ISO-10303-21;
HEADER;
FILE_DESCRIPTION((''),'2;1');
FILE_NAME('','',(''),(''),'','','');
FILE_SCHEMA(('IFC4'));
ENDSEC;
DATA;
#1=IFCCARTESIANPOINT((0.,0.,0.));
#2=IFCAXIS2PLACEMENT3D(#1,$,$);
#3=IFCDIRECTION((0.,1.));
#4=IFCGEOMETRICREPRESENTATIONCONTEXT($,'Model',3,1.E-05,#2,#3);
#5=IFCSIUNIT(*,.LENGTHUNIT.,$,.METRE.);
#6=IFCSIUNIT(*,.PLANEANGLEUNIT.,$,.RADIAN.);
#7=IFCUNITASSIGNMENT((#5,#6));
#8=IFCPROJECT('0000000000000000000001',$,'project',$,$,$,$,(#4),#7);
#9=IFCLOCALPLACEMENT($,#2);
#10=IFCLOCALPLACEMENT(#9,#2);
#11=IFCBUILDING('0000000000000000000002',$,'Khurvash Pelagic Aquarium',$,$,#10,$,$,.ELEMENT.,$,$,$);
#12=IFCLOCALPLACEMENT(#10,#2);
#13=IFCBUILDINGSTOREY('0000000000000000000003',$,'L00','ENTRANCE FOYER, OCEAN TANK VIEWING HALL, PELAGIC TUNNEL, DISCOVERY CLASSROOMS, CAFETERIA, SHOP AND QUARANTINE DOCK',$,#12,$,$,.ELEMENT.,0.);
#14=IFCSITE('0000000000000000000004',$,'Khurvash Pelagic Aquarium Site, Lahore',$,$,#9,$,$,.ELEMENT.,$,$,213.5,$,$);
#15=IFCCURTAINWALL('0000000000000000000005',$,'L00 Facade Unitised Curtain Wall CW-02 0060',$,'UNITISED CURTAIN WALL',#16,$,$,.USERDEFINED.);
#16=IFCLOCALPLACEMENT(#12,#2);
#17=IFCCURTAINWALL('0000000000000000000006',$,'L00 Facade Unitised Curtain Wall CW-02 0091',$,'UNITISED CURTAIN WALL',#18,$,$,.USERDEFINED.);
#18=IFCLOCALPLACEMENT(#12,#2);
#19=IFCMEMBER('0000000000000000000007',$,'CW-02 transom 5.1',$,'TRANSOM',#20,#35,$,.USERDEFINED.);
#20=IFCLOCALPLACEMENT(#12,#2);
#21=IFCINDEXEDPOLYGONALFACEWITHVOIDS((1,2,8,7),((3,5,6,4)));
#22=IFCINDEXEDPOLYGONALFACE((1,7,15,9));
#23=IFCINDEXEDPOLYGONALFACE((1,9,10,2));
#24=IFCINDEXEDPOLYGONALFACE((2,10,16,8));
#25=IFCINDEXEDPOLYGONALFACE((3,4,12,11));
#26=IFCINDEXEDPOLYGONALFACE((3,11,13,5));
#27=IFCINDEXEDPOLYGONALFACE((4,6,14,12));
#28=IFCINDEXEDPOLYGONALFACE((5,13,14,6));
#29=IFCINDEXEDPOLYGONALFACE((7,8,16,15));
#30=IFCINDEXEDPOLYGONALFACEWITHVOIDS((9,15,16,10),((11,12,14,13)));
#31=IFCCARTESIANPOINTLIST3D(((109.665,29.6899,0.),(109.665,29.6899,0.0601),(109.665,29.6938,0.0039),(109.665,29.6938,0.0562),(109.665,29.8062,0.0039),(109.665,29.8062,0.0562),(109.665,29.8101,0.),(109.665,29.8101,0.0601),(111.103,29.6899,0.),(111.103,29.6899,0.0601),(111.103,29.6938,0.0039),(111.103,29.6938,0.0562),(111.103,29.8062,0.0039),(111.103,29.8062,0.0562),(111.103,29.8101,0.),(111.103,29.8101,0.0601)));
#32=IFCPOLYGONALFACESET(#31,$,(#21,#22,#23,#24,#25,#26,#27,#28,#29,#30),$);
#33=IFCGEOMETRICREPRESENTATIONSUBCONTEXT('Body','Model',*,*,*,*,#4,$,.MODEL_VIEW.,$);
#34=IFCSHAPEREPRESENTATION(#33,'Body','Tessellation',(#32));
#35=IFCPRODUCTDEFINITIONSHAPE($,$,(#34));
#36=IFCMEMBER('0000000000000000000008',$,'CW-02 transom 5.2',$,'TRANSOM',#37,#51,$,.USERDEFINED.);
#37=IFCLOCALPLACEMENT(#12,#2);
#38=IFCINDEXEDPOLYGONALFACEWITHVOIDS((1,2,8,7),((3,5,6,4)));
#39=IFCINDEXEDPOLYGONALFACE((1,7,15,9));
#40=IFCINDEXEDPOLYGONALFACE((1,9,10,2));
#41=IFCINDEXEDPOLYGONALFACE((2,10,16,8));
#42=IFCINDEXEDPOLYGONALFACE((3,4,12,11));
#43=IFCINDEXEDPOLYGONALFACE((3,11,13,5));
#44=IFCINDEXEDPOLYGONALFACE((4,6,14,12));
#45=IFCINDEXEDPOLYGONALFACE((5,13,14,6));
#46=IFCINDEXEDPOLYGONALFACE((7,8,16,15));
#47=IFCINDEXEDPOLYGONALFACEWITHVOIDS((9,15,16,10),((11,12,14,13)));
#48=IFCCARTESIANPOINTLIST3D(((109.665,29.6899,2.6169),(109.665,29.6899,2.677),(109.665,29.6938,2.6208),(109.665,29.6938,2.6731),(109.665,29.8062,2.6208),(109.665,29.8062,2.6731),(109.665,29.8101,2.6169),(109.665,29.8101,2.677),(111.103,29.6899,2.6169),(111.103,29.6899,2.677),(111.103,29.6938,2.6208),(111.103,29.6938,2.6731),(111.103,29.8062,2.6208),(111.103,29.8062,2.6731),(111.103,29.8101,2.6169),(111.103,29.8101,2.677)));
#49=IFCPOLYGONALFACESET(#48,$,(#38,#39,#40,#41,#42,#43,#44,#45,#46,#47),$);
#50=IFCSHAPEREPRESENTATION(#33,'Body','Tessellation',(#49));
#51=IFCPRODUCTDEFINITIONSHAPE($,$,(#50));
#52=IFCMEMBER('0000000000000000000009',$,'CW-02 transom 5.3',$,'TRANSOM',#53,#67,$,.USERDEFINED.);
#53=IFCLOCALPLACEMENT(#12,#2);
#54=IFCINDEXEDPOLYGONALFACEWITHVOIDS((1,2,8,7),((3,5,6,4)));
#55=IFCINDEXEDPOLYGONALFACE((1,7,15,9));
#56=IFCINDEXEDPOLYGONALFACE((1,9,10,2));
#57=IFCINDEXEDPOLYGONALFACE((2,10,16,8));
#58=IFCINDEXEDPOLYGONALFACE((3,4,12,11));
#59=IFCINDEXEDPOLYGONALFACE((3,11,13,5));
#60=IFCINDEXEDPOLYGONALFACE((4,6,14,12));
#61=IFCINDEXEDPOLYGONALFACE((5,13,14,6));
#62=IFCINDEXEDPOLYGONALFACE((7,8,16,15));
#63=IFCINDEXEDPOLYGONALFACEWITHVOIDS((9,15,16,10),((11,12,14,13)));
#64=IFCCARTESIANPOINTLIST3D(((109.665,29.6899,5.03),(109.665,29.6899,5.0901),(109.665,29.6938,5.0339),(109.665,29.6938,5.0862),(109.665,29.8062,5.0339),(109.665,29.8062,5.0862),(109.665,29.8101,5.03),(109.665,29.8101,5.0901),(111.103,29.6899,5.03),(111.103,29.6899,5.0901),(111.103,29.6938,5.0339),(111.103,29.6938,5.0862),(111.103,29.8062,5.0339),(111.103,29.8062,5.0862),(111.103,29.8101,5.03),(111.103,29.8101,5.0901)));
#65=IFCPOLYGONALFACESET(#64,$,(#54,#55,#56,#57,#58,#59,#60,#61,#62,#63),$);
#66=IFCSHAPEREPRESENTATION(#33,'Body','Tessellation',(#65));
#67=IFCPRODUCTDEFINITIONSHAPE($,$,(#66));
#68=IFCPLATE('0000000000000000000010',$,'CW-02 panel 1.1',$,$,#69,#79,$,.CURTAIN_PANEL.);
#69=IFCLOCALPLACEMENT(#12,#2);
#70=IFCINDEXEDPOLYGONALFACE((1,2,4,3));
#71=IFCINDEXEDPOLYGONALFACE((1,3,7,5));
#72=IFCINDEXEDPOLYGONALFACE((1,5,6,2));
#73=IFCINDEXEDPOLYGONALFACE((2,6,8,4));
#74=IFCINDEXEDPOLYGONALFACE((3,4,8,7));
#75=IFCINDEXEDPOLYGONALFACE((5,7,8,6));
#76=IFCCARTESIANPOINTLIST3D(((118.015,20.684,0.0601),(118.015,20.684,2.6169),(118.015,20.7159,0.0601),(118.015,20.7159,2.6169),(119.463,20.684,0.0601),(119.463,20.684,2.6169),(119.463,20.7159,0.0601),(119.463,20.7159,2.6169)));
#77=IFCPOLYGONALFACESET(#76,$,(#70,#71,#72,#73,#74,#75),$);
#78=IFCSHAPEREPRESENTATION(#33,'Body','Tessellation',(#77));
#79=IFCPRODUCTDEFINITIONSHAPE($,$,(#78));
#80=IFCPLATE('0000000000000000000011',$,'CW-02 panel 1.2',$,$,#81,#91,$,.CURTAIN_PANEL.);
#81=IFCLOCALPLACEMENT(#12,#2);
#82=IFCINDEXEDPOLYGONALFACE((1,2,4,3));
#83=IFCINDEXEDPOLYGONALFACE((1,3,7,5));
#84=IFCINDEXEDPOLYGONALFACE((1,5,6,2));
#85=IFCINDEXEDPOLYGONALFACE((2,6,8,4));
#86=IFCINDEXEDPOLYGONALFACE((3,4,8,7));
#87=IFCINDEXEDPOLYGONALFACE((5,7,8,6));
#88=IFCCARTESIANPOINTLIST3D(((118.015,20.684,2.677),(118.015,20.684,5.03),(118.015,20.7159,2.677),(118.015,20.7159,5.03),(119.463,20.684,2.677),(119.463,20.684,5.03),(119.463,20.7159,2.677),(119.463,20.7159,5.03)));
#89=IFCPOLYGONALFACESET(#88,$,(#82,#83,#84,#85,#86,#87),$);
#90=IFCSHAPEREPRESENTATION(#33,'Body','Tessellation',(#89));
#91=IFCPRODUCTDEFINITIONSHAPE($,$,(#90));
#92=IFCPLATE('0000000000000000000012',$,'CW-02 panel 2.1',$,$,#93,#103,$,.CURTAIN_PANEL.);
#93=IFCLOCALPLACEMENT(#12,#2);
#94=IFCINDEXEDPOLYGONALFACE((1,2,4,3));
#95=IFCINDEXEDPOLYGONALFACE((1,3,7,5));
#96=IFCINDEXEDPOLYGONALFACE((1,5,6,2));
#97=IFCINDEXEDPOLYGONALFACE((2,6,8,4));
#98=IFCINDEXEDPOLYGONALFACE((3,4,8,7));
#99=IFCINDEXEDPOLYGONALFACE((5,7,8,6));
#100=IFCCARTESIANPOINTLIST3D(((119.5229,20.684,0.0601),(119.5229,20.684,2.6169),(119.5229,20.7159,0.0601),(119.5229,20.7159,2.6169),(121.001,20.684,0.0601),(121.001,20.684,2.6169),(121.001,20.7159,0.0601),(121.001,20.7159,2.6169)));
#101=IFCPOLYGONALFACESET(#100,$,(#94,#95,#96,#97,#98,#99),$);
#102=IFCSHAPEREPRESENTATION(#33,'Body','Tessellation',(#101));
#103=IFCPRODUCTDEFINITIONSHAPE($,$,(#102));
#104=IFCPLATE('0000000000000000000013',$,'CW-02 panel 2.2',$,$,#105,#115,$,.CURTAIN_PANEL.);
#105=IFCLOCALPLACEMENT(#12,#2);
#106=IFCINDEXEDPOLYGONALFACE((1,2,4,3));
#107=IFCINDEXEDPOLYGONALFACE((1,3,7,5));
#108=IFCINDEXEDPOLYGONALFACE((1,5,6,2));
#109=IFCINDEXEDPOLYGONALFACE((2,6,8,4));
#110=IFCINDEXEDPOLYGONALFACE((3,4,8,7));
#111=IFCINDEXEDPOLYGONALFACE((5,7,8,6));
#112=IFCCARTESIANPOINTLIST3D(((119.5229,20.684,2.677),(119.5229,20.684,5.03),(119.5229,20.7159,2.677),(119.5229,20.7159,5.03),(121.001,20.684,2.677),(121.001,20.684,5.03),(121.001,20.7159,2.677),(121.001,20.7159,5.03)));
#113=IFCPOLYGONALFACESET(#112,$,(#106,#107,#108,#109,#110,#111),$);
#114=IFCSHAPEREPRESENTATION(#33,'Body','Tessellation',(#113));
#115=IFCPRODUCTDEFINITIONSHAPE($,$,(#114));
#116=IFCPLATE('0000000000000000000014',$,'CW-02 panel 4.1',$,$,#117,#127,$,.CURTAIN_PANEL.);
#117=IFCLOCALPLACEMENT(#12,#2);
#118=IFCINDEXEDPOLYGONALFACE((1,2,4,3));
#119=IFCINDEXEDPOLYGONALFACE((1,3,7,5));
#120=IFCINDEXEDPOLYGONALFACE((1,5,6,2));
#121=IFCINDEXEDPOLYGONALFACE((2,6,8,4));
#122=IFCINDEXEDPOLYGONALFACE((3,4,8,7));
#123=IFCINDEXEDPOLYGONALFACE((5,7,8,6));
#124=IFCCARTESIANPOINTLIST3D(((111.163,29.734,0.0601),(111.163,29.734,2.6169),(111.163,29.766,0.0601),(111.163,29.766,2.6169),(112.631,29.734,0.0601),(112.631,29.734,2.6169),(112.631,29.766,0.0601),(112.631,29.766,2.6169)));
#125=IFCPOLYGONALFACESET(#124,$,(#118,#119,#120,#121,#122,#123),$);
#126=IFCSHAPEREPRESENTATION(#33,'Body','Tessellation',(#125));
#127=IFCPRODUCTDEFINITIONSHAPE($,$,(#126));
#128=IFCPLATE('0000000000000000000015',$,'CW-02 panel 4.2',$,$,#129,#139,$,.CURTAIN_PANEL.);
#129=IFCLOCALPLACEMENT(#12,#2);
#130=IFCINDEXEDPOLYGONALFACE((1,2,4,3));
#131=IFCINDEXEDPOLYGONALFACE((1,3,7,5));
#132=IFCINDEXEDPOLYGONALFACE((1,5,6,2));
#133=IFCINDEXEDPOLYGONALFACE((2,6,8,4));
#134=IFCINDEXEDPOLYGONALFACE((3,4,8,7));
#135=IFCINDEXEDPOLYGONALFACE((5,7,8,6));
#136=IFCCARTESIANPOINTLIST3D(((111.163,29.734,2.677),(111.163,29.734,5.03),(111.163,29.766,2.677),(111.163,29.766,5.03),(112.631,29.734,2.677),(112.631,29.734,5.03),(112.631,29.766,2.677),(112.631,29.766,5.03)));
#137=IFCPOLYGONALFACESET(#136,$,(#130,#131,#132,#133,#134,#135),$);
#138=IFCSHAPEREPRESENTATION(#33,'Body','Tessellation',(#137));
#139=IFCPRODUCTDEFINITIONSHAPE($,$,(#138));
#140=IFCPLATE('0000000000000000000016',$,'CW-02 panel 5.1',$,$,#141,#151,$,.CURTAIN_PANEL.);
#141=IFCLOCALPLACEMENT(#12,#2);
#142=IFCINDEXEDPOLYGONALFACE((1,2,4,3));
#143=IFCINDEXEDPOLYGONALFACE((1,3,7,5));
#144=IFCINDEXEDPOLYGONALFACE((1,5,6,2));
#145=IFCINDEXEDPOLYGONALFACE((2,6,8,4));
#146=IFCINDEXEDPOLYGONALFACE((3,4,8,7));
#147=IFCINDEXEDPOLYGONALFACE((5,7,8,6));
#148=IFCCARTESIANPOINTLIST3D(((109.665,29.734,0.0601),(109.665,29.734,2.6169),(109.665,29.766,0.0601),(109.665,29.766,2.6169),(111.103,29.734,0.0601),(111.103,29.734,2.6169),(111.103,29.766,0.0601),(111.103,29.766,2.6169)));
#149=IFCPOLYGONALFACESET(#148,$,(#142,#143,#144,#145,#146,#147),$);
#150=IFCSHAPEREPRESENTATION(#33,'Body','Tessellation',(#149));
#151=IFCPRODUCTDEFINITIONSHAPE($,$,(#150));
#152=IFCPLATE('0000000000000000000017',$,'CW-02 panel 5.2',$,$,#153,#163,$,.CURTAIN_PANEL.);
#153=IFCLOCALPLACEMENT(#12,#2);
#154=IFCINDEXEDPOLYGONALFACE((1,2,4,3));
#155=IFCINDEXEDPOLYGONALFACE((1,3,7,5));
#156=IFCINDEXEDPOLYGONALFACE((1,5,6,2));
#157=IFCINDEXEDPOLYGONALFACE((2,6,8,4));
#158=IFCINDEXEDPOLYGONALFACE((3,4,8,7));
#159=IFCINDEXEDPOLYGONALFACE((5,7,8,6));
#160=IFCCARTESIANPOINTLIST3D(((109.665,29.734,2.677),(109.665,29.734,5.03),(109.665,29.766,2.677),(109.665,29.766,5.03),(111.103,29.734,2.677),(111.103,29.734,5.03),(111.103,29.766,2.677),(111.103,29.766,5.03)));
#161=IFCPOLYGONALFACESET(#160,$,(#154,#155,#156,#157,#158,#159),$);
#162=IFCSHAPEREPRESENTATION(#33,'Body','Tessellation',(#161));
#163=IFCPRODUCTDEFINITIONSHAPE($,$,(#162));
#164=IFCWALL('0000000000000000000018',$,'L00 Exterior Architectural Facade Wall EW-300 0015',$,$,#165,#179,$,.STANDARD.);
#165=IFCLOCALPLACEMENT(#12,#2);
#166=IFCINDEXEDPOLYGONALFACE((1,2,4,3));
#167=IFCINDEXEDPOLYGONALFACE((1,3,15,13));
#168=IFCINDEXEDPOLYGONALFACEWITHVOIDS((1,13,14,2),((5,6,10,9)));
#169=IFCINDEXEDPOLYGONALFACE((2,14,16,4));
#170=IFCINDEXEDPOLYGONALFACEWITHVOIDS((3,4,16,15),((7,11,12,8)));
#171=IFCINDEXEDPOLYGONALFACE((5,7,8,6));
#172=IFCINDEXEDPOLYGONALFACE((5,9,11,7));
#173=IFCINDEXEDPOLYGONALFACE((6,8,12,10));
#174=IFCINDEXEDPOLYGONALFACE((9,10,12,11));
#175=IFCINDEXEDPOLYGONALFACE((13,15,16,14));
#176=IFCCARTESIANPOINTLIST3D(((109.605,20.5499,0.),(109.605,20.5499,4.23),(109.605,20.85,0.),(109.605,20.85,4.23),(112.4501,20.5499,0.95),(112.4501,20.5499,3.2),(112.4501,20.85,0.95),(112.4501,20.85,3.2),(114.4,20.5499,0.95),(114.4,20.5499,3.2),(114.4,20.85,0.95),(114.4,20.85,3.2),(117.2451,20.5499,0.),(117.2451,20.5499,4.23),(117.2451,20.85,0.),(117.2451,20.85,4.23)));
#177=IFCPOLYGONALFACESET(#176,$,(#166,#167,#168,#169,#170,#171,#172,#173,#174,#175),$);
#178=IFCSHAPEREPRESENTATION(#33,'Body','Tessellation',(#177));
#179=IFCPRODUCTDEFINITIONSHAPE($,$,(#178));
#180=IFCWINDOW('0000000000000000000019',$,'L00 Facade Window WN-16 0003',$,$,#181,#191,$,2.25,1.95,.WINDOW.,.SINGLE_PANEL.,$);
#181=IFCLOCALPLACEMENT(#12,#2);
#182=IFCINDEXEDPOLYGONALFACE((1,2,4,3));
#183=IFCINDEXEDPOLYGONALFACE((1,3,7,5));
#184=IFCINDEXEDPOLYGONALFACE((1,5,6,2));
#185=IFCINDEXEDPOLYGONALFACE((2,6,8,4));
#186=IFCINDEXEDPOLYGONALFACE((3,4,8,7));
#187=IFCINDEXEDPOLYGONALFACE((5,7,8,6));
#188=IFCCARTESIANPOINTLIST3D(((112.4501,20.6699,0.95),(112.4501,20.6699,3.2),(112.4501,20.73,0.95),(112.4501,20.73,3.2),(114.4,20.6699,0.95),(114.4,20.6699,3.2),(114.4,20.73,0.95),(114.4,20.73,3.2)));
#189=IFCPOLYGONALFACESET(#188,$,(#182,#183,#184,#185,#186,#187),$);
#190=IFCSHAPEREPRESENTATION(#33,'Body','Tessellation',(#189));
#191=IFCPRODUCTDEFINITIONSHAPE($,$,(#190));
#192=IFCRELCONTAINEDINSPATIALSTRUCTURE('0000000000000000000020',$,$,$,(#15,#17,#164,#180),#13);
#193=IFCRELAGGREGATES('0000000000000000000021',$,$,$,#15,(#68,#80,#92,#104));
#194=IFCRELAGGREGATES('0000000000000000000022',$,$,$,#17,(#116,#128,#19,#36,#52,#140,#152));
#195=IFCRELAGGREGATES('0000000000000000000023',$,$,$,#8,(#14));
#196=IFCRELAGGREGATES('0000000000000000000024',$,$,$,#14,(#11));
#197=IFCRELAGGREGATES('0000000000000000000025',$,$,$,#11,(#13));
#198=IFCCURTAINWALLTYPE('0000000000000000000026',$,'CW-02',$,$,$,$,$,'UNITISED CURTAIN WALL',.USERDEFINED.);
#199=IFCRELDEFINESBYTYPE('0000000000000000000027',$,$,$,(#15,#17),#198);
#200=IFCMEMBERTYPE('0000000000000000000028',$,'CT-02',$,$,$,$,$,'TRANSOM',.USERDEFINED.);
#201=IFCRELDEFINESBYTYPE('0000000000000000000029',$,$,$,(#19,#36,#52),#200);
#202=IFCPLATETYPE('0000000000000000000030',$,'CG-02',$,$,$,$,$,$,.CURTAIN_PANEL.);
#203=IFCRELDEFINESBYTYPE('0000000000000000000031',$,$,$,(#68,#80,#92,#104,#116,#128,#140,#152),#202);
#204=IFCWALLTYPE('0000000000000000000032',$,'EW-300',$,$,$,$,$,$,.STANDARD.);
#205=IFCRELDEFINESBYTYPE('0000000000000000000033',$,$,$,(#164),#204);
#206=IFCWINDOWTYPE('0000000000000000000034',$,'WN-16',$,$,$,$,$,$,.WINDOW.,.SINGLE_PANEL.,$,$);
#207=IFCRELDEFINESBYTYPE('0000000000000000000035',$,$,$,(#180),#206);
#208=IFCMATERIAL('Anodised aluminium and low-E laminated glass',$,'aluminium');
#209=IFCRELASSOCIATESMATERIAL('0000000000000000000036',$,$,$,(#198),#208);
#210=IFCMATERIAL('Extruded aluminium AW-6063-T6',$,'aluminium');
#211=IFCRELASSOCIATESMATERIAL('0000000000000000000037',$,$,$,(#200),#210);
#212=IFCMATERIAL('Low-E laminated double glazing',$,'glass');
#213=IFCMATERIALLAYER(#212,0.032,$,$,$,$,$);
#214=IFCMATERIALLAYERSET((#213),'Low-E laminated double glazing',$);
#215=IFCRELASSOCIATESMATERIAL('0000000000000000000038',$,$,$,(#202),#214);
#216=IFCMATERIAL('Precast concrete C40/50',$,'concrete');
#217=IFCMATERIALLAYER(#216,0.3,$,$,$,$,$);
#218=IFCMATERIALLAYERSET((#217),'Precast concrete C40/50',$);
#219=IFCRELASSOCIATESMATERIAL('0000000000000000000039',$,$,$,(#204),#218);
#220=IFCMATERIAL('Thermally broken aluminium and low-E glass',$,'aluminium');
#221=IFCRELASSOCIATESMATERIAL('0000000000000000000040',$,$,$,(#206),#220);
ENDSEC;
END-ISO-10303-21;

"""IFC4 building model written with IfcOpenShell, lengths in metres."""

from ifc_helpers import new_model, si_unit, direction, frame, frame_2d, origin, origin_2d, place, context, subcontext, project, spatial, rectangle, hollow_rectangle, extrude, material, layer, layer_set, material_profile, profile_set, type_object, element, fill, aggregate, save


model = new_model("IFC4")

# Units and contexts
model_context = context("Model", 3, precision=1e-05, world=origin(), true_north=direction((0.0, 1.0)))
body_context = subcontext(model_context, "Body", "Model", "MODEL_VIEW")
ifc_project = project(units=[si_unit("LENGTHUNIT", "METRE"), si_unit("PLANEANGLEUNIT", "RADIAN")], contexts=[model_context])

# Site, building, storey
site_placement = place(None, origin())
site = spatial("IfcSite", under=ifc_project, at=site_placement, Name="Khurvash Pelagic Aquarium Site, Lahore", CompositionType="ELEMENT", RefElevation=213.5)
building_placement = place(site_placement, origin())
building = spatial("IfcBuilding", under=site, at=building_placement, Name="Khurvash Pelagic Aquarium", CompositionType="ELEMENT")
storey_placement = place(building_placement, origin())
storey = spatial("IfcBuildingStorey", under=building, at=storey_placement, Name="L00", Description="ENTRANCE FOYER, OCEAN TANK VIEWING HALL, PELAGIC TUNNEL, DISCOVERY CLASSROOMS, CAFETERIA, SHOP AND QUARANTINE DOCK", CompositionType="ELEMENT", Elevation=0.0)

# Curtain walls
ifc_material_1 = material(Name="Anodised aluminium and low-E laminated glass", Category="aluminium")
curtain_wall_type = type_object("IfcCurtainWallType", Name="CW-02", ElementType="UNITISED CURTAIN WALL", PredefinedType="USERDEFINED", material=ifc_material_1)
curtain_wall_1_placement = place(storey_placement, origin())
curtain_wall_1 = element("IfcCurtainWall", 1, at=curtain_wall_1_placement, inside=storey, type_object=curtain_wall_type, Name="L00 Facade Unitised Curtain Wall CW-02 0060", ObjectType="UNITISED CURTAIN WALL", PredefinedType="USERDEFINED")
ifc_material_2 = material(Name="Extruded aluminium AW-6063-T6", Category="aluminium")
curtain_wall_2_placement = place(storey_placement, origin())
curtain_wall_2 = element("IfcCurtainWall", 2, at=curtain_wall_2_placement, inside=storey, type_object=curtain_wall_type, Name="L00 Facade Unitised Curtain Wall CW-02 0091", ObjectType="UNITISED CURTAIN WALL", PredefinedType="USERDEFINED")

# Members
ifc_material_profile_1 = material_profile(ifc_material_2, hollow_rectangle(XDim=0.1201, YDim=0.0601, WallThickness=0.0039, at=origin_2d()), Name="CWT120X60X4")
ifc_profile_set_1 = profile_set([ifc_material_profile_1], Name="Extruded aluminium AW-6063-T6")
member_type_1 = type_object("IfcMemberType", Name="CT-02", ElementType="TRANSOM", PredefinedType="USERDEFINED", material=ifc_profile_set_1)
member_1_placement = place(storey_placement, frame((111.103, 29.75, 0.03), z_axis=(-1.0, 0.0, 0.0), x_axis=(0.0, -1.0, 0.0)))
member_1 = element("IfcMember", 3, at=member_1_placement, type_object=member_type_1, Name="CW-02 transom 5.1", ObjectType="TRANSOM", PredefinedType="USERDEFINED", context=body_context, shape_type="SweptSolid", body=[
    extrude(hollow_rectangle(XDim=0.1201, YDim=0.0601, WallThickness=0.0039, at=origin_2d()), origin(), (0.0, 0.0, 1.0), 1.438),
])
member_2_placement = place(storey_placement, frame((111.103, 29.75, 2.647), z_axis=(-1.0, 0.0, 0.0), x_axis=(0.0, -1.0, 0.0)))
member_2 = element("IfcMember", 4, at=member_2_placement, type_object=member_type_1, Name="CW-02 transom 5.2", ObjectType="TRANSOM", PredefinedType="USERDEFINED", context=body_context, shape_type="SweptSolid", body=[
    extrude(hollow_rectangle(XDim=0.1201, YDim=0.0601, WallThickness=0.0039, at=origin_2d()), origin(), (0.0, 0.0, 1.0), 1.438),
])
member_3_placement = place(storey_placement, frame((111.103, 29.75, 5.0601), z_axis=(-1.0, 0.0, 0.0), x_axis=(0.0, -1.0, 0.0)))
member_3 = element("IfcMember", 5, at=member_3_placement, type_object=member_type_1, Name="CW-02 transom 5.3", ObjectType="TRANSOM", PredefinedType="USERDEFINED", context=body_context, shape_type="SweptSolid", body=[
    extrude(hollow_rectangle(XDim=0.1201, YDim=0.0601, WallThickness=0.0039, at=origin_2d()), origin(), (0.0, 0.0, 1.0), 1.438),
])

# Plates
ifc_material_3 = material(Name="Low-E laminated double glazing", Category="glass")
ifc_layer_1 = layer(ifc_material_3, 0.032)
ifc_layer_set_1 = layer_set([ifc_layer_1], Name="Low-E laminated double glazing")
plate_type = type_object("IfcPlateType", Name="CG-02", PredefinedType="CURTAIN_PANEL", material=ifc_layer_set_1)
plate_1_placement = place(storey_placement, frame((118.739, 20.7, 0.0601), z_axis=(0.0, 0.0, 1.0), x_axis=(1.0, 0.0, 0.0)))
plate_1 = element("IfcPlate", 6, at=plate_1_placement, type_object=plate_type, Name="CW-02 panel 1.1", PredefinedType="CURTAIN_PANEL", context=body_context, shape_type="SweptSolid", body=[
    extrude(rectangle(XDim=1.448, YDim=0.032, at=origin_2d()), origin(), (0.0, 0.0, 1.0), 2.5569),
])
plate_2_placement = place(storey_placement, frame((118.739, 20.7, 2.677), z_axis=(0.0, 0.0, 1.0), x_axis=(1.0, 0.0, 0.0)))
plate_2 = element("IfcPlate", 7, at=plate_2_placement, type_object=plate_type, Name="CW-02 panel 1.2", PredefinedType="CURTAIN_PANEL", context=body_context, shape_type="SweptSolid", body=[
    extrude(rectangle(XDim=1.448, YDim=0.032, at=origin_2d()), origin(), (0.0, 0.0, 1.0), 2.353),
])
plate_3_placement = place(storey_placement, frame((120.262, 20.7, 0.0601), z_axis=(0.0, 0.0, 1.0), x_axis=(1.0, 0.0, 0.0)))
plate_3 = element("IfcPlate", 8, at=plate_3_placement, type_object=plate_type, Name="CW-02 panel 2.1", PredefinedType="CURTAIN_PANEL", context=body_context, shape_type="SweptSolid", body=[
    extrude(rectangle(XDim=1.478, YDim=0.032, at=origin_2d()), origin(), (0.0, 0.0, 1.0), 2.5569),
])
plate_4_placement = place(storey_placement, frame((120.262, 20.7, 2.677), z_axis=(0.0, 0.0, 1.0), x_axis=(1.0, 0.0, 0.0)))
plate_4 = element("IfcPlate", 9, at=plate_4_placement, type_object=plate_type, Name="CW-02 panel 2.2", PredefinedType="CURTAIN_PANEL", context=body_context, shape_type="SweptSolid", body=[
    extrude(rectangle(XDim=1.478, YDim=0.032, at=origin_2d()), origin(), (0.0, 0.0, 1.0), 2.353),
])
aggregate(curtain_wall_1, [plate_1, plate_2, plate_3, plate_4])
plate_5_placement = place(storey_placement, frame((111.897, 29.75, 0.0601), z_axis=(0.0, 0.0, 1.0), x_axis=(-1.0, 0.0, 0.0)))
plate_5 = element("IfcPlate", 10, at=plate_5_placement, type_object=plate_type, Name="CW-02 panel 4.1", PredefinedType="CURTAIN_PANEL", context=body_context, shape_type="SweptSolid", body=[
    extrude(rectangle(XDim=1.468, YDim=0.032, at=origin_2d()), origin(), (0.0, 0.0, 1.0), 2.5569),
])
plate_6_placement = place(storey_placement, frame((111.897, 29.75, 2.677), z_axis=(0.0, 0.0, 1.0), x_axis=(-1.0, 0.0, 0.0)))
plate_6 = element("IfcPlate", 11, at=plate_6_placement, type_object=plate_type, Name="CW-02 panel 4.2", PredefinedType="CURTAIN_PANEL", context=body_context, shape_type="SweptSolid", body=[
    extrude(rectangle(XDim=1.468, YDim=0.032, at=origin_2d()), origin(), (0.0, 0.0, 1.0), 2.353),
])
plate_7_placement = place(storey_placement, frame((110.384, 29.75, 0.0601), z_axis=(0.0, 0.0, 1.0), x_axis=(-1.0, 0.0, 0.0)))
plate_7 = element("IfcPlate", 12, at=plate_7_placement, type_object=plate_type, Name="CW-02 panel 5.1", PredefinedType="CURTAIN_PANEL", context=body_context, shape_type="SweptSolid", body=[
    extrude(rectangle(XDim=1.438, YDim=0.032, at=origin_2d()), origin(), (0.0, 0.0, 1.0), 2.5569),
])
plate_8_placement = place(storey_placement, frame((110.384, 29.75, 2.677), z_axis=(0.0, 0.0, 1.0), x_axis=(-1.0, 0.0, 0.0)))
plate_8 = element("IfcPlate", 13, at=plate_8_placement, type_object=plate_type, Name="CW-02 panel 5.2", PredefinedType="CURTAIN_PANEL", context=body_context, shape_type="SweptSolid", body=[
    extrude(rectangle(XDim=1.438, YDim=0.032, at=origin_2d()), origin(), (0.0, 0.0, 1.0), 2.353),
])
aggregate(curtain_wall_2, [plate_5, plate_6, member_1, member_2, member_3, plate_7, plate_8])

# Wall, opening, window
ifc_material_4 = material(Name="Precast concrete C40/50", Category="concrete")
ifc_layer_2 = layer(ifc_material_4, 0.3)
ifc_layer_set_2 = layer_set([ifc_layer_2], Name="Precast concrete C40/50")
wall_type_1 = type_object("IfcWallType", Name="EW-300", PredefinedType="STANDARD", material=ifc_layer_set_2)
wall_1_placement = place(storey_placement, frame((109.605, 20.7, 0.0), z_axis=(0.0, 0.0, 1.0), x_axis=(1.0, 0.0, 0.0)))
wall_1 = element("IfcWall", 14, at=wall_1_placement, inside=storey, type_object=wall_type_1, Name="L00 Exterior Architectural Facade Wall EW-300 0015", PredefinedType="STANDARD", context=body_context, shape_type="SweptSolid", body=[
    extrude(rectangle(XDim=7.6401, YDim=0.3, at=frame_2d((3.8201, 0.0))), origin(), (0.0, 0.0, 1.0), 4.23),
])
opening_placement = place(wall_1_placement, frame((2.845, 0.0, 0.95)))
opening = element("IfcOpeningElement", 15, at=opening_placement, cuts=wall_1, PredefinedType="OPENING", context=body_context, shape_type="SweptSolid", body=[
    extrude(rectangle(XDim=1.95, YDim=2.25, at=frame_2d((0.9751, 1.125))), frame((0.0, 0.1602, 0.0), z_axis=(0.0, -1.0, 0.0), x_axis=(1.0, 0.0, 0.0)), (0.0, 0.0, 1.0), 0.3201),
])
ifc_material_5 = material(Name="Thermally broken aluminium and low-E glass", Category="aluminium")
window_type = type_object("IfcWindowType", Name="WN-16", PartitioningType="SINGLE_PANEL", PredefinedType="WINDOW", material=ifc_material_5)
window_placement = place(opening_placement, origin())
window = element("IfcWindow", 16, at=window_placement, inside=storey, type_object=window_type, Name="L00 Facade Window WN-16 0003", OverallHeight=2.25, OverallWidth=1.95, PartitioningType="SINGLE_PANEL", PredefinedType="WINDOW", context=body_context, shape_type="SweptSolid", body=[
    extrude(rectangle(XDim=1.95, YDim=2.25, at=frame_2d((0.9751, 1.125))), frame((0.0, 0.03, 0.0), z_axis=(0.0, -1.0, 0.0), x_axis=(1.0, 0.0, 0.0)), (0.0, 0.0, 1.0), 0.0601),
])
fill(opening, window)

save(model, "model.ifc")
